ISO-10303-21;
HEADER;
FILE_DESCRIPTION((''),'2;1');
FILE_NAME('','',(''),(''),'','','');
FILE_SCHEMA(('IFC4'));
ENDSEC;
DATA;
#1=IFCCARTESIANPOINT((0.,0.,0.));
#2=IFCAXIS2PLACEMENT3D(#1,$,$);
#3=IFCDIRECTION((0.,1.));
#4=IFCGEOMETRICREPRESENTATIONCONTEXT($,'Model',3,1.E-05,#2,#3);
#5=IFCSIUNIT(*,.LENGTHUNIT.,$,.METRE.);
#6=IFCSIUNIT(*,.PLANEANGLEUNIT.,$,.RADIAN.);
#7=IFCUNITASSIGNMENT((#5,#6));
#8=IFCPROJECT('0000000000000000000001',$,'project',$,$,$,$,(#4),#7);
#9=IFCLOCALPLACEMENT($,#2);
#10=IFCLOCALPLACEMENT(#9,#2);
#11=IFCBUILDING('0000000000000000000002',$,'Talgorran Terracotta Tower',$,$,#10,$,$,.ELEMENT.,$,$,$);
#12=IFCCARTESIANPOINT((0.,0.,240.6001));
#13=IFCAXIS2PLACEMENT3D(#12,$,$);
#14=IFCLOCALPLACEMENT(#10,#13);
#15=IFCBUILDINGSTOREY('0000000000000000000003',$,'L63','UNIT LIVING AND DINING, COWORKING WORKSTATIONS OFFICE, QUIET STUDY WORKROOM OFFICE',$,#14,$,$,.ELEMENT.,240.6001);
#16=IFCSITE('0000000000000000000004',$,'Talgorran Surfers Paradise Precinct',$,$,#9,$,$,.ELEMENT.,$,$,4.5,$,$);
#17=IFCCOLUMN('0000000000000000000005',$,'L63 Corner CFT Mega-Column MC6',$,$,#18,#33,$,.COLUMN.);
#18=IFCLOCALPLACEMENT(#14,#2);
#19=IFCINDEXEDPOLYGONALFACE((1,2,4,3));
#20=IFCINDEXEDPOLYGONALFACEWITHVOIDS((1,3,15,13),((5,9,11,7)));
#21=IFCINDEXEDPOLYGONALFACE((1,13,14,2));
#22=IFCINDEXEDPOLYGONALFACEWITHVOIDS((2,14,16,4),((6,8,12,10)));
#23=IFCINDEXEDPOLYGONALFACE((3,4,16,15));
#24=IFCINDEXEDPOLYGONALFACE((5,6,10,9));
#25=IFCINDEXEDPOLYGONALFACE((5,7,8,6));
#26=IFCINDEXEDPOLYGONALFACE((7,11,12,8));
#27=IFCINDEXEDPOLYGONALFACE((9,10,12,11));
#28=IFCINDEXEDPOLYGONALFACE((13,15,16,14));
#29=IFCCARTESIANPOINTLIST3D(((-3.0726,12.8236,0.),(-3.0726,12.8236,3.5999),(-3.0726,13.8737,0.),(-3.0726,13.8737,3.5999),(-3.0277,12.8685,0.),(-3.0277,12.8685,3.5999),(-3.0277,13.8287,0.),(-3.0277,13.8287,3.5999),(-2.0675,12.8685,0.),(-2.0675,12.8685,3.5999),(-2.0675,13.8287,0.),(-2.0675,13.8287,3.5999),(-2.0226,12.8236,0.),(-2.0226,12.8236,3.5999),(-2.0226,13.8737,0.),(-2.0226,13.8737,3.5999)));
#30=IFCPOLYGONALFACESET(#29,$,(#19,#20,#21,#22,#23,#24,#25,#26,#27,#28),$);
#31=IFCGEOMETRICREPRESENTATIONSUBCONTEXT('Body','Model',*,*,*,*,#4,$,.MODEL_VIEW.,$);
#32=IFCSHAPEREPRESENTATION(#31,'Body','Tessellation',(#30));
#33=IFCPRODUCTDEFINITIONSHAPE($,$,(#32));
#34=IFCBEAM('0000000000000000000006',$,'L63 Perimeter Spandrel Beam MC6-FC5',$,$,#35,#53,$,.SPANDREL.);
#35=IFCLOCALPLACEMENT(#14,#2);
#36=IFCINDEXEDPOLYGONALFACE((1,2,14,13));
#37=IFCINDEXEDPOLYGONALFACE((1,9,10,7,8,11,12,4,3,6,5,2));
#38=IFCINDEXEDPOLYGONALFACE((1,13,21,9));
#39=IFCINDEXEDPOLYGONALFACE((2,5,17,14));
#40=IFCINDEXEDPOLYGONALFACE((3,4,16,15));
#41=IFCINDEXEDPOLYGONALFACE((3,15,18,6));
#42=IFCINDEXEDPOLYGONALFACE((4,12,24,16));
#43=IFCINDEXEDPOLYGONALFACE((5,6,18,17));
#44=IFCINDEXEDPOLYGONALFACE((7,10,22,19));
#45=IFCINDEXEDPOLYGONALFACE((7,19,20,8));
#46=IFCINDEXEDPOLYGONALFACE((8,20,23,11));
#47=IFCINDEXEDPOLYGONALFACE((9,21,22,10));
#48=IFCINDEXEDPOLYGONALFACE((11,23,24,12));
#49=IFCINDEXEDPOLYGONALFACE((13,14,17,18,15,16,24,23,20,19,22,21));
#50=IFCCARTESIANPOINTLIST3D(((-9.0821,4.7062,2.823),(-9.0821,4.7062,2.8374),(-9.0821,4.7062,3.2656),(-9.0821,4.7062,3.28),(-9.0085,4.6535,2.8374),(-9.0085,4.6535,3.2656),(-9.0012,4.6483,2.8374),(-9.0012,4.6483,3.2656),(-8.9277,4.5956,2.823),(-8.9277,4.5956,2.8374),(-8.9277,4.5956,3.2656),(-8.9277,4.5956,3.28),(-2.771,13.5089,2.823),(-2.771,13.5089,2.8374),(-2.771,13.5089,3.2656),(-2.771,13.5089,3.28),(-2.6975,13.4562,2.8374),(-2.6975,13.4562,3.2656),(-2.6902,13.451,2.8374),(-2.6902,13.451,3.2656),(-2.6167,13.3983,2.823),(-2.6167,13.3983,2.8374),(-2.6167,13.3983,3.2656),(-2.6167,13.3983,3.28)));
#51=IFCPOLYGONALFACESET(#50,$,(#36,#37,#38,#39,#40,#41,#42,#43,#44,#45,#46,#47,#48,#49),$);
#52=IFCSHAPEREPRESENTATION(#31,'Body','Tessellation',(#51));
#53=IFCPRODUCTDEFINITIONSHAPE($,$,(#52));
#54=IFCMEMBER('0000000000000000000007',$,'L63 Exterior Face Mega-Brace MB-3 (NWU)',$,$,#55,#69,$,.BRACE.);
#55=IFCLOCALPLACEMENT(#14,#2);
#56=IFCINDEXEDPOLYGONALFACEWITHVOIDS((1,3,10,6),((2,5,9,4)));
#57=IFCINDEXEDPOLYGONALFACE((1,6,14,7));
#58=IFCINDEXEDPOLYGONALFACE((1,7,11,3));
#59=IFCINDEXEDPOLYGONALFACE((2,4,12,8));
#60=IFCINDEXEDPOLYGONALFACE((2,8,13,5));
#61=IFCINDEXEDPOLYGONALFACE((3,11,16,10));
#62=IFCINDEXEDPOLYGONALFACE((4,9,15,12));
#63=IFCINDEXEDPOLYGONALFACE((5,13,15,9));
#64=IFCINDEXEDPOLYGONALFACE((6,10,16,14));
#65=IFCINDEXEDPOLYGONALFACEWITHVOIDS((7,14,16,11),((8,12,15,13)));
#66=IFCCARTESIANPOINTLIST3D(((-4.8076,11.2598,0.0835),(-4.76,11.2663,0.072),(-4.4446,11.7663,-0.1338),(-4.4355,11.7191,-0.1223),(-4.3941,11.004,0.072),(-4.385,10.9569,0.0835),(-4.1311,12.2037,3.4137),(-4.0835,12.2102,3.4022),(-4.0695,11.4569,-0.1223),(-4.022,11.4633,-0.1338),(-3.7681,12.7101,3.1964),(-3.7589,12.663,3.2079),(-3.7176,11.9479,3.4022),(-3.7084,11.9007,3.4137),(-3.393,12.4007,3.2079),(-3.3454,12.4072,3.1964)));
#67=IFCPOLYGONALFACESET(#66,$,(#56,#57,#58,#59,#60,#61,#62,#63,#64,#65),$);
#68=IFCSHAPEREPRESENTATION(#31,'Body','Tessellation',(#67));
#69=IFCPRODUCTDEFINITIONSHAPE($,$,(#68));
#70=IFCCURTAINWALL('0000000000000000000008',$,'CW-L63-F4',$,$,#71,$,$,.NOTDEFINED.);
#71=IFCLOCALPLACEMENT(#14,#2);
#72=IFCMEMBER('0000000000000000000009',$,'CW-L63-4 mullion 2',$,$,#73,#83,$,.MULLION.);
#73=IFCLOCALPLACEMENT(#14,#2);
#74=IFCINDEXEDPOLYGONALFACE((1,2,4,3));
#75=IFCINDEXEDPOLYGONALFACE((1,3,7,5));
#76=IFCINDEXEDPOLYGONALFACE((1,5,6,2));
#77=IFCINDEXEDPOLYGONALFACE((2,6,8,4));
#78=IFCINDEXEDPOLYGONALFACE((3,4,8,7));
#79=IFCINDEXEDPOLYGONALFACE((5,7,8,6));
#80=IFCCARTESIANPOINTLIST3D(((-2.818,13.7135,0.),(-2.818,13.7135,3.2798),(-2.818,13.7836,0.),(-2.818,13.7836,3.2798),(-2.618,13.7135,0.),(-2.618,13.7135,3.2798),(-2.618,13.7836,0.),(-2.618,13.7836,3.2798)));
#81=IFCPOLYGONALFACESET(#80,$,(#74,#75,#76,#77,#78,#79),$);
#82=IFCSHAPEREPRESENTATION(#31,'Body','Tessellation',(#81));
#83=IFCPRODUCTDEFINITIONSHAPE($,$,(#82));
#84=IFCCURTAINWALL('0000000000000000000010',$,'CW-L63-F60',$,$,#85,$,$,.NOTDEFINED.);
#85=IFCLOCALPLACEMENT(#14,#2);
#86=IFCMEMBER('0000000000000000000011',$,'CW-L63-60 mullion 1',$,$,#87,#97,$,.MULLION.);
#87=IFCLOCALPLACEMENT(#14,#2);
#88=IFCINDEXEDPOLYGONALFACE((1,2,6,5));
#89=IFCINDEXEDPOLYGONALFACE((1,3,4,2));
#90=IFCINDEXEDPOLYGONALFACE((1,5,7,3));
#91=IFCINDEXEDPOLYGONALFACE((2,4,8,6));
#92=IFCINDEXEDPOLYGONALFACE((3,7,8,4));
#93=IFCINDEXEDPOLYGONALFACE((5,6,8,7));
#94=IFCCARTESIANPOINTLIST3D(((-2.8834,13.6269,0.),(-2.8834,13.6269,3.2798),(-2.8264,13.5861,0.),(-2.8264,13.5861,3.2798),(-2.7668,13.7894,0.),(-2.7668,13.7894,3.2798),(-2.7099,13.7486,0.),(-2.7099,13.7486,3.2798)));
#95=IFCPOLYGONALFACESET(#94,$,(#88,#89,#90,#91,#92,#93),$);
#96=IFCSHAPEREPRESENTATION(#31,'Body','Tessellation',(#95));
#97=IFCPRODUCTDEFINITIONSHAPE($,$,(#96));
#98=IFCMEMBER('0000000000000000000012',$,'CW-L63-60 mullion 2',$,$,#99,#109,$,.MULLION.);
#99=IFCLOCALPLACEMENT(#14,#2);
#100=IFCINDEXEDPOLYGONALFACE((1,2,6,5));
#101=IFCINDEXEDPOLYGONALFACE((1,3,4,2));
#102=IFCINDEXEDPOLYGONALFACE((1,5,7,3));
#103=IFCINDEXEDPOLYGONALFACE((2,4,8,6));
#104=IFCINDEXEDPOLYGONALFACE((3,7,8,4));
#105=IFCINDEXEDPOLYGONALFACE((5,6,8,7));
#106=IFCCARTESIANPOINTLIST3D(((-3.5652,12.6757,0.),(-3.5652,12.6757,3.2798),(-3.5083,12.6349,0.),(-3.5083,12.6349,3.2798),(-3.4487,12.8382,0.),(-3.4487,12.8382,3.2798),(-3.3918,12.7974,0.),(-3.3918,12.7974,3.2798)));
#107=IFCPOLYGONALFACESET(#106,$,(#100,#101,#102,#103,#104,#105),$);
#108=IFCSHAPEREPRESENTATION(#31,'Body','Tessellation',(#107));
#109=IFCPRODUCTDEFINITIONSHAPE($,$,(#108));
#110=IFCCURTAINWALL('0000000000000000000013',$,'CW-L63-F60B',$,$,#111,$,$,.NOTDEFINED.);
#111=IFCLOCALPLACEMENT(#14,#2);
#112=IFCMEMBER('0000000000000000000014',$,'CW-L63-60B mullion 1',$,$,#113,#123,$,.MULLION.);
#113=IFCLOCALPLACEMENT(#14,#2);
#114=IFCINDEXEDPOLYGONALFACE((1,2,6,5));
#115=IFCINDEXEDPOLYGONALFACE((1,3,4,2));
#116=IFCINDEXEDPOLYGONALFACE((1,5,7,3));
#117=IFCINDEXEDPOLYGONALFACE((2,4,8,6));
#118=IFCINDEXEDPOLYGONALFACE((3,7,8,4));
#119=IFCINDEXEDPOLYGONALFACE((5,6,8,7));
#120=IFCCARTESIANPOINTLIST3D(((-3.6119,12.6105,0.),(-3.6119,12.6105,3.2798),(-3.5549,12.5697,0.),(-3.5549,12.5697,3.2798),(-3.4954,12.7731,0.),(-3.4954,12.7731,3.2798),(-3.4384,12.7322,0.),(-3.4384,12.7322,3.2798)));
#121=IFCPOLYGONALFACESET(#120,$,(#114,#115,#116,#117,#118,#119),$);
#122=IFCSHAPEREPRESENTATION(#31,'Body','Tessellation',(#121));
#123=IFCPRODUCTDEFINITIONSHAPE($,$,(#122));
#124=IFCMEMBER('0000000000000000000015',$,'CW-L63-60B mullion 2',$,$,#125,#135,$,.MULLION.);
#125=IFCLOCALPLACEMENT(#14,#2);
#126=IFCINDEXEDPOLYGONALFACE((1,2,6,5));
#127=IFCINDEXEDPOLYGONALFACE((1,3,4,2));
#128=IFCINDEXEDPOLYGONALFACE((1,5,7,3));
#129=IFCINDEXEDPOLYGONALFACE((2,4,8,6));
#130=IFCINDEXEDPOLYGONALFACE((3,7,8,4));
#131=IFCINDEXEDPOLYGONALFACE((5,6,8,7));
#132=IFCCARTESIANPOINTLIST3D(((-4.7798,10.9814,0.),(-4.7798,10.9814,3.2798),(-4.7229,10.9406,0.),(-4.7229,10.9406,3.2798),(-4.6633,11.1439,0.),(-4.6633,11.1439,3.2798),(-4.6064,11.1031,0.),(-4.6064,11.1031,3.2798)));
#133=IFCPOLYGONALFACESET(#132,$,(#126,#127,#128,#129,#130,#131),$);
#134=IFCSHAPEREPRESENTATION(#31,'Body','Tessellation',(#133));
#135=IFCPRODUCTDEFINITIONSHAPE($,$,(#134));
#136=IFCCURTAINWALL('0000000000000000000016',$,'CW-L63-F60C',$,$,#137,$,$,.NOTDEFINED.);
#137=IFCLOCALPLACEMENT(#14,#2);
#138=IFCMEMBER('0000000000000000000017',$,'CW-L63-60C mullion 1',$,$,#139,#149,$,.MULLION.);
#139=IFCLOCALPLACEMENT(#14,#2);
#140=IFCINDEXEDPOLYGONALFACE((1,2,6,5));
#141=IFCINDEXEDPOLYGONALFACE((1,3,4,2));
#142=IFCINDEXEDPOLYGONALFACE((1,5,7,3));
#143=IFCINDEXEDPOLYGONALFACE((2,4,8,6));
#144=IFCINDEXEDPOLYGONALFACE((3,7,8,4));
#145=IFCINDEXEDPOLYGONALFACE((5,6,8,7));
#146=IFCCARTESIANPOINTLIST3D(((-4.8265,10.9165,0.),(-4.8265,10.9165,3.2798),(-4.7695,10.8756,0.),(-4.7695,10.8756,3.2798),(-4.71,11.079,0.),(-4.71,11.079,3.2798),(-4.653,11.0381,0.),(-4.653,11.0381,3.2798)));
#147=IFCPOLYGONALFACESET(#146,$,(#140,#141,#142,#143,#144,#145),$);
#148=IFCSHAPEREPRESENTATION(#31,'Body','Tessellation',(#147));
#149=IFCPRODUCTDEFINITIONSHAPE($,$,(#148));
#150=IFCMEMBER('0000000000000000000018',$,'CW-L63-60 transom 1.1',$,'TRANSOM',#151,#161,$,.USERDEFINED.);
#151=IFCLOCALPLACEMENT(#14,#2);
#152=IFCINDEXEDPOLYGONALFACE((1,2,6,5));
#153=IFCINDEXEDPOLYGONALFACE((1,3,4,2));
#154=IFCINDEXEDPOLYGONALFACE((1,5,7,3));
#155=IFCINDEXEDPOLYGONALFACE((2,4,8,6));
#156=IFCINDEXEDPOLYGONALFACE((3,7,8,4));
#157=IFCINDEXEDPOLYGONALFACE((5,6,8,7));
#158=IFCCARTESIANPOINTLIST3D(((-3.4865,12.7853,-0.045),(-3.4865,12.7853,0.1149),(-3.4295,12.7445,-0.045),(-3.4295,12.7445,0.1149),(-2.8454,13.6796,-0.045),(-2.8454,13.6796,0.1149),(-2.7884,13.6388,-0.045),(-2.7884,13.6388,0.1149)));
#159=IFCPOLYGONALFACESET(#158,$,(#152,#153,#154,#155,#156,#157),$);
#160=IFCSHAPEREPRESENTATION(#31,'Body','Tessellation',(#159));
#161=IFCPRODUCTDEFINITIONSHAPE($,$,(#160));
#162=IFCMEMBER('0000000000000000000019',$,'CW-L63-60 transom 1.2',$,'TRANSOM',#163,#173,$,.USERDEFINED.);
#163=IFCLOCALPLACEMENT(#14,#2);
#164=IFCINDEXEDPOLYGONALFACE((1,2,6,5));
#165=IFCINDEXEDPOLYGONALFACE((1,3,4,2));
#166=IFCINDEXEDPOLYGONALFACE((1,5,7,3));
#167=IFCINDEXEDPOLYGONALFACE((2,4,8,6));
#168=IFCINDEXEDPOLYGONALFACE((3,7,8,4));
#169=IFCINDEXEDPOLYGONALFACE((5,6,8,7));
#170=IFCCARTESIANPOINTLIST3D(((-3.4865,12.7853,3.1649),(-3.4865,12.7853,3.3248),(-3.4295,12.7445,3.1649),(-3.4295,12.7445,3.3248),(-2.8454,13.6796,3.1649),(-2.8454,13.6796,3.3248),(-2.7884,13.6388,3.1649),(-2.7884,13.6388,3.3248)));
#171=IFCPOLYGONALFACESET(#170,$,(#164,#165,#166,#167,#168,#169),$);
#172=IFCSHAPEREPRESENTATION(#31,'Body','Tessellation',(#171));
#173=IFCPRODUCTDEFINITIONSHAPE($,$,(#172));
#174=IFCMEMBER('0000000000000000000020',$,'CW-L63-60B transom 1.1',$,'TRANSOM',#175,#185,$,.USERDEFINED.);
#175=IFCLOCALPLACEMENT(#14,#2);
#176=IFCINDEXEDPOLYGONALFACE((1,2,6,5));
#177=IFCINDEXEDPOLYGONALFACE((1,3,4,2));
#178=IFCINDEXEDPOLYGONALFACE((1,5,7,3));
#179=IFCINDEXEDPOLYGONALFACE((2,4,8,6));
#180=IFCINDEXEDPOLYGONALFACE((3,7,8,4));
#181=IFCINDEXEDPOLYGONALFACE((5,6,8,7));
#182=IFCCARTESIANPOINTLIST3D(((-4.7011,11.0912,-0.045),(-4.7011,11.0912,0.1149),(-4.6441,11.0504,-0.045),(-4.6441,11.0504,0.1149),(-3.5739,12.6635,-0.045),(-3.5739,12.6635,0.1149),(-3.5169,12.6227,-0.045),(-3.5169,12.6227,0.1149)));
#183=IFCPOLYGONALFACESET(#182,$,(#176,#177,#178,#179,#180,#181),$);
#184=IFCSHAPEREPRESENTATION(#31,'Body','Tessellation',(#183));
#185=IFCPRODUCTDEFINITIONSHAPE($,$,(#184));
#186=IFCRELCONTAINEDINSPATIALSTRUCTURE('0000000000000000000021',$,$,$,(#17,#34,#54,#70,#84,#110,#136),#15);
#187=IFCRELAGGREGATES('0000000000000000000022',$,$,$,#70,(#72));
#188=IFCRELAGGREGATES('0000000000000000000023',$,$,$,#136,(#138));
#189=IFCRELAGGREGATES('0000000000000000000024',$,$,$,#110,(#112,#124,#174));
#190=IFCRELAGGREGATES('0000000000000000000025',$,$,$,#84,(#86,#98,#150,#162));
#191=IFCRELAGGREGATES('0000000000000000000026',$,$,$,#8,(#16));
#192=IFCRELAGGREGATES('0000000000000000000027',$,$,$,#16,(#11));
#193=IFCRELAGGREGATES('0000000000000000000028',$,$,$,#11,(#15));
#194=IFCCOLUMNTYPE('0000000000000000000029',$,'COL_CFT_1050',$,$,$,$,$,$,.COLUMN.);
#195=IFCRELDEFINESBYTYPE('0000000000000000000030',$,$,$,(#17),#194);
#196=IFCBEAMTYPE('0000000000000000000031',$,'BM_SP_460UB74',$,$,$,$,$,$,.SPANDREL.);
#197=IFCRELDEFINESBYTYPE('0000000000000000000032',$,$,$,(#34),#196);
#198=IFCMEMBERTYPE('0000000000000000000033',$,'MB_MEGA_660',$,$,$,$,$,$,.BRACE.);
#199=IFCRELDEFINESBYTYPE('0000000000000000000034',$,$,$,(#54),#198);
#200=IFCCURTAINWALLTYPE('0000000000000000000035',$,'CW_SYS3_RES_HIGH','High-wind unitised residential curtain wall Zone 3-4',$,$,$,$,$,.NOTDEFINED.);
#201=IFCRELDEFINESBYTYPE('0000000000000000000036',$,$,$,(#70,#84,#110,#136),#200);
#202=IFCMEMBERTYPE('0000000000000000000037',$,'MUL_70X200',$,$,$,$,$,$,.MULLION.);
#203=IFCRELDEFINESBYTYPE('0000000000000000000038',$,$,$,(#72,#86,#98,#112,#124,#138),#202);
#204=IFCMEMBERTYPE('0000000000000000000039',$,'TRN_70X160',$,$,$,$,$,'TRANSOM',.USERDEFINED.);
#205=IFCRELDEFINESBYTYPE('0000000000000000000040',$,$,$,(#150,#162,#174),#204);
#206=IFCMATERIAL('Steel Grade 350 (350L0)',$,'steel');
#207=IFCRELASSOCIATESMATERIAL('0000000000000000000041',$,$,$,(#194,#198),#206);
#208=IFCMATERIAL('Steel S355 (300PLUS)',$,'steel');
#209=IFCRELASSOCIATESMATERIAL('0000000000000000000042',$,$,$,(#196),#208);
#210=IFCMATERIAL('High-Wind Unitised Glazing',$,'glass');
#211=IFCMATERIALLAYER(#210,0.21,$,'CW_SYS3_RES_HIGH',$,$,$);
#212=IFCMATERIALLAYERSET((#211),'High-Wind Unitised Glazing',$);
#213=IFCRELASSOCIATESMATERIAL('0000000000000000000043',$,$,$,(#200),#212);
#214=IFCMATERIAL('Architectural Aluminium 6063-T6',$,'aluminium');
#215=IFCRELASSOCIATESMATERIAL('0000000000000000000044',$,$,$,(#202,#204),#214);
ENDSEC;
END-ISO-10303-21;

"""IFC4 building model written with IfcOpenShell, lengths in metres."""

from ifc_helpers import new_model, si_unit, direction, frame, origin, origin_2d, place, context, subcontext, project, spatial, rectangle, hollow_rectangle, i_section, extrude, material, layer, layer_set, material_profile, profile_set, type_object, element, aggregate, save


model = new_model("IFC4")

# Units and contexts
model_context = context("Model", 3, precision=1e-05, world=origin(), true_north=direction((0.0, 1.0)))
body_context = subcontext(model_context, "Body", "Model", "MODEL_VIEW")
ifc_project = project(units=[si_unit("LENGTHUNIT", "METRE"), si_unit("PLANEANGLEUNIT", "RADIAN")], contexts=[model_context])

# Site, building, storey
site_placement = place(None, origin())
site = spatial("IfcSite", under=ifc_project, at=site_placement, Name="Talgorran Surfers Paradise Precinct", CompositionType="ELEMENT", RefElevation=4.5)
building_placement = place(site_placement, origin())
building = spatial("IfcBuilding", under=site, at=building_placement, Name="Talgorran Terracotta Tower", CompositionType="ELEMENT")
storey_placement = place(building_placement, frame((0.0, 0.0, 240.6001)))
storey = spatial("IfcBuildingStorey", under=building, at=storey_placement, Name="L63", Description="UNIT LIVING AND DINING, COWORKING WORKSTATIONS OFFICE, QUIET STUDY WORKROOM OFFICE", CompositionType="ELEMENT", Elevation=240.6001)

# Column
ifc_material_1 = material(Name="Steel Grade 350 (350L0)", Category="steel")
ifc_material_profile_1 = material_profile(ifc_material_1, hollow_rectangle(XDim=1.05, YDim=1.05, WallThickness=0.0449, at=origin_2d()), Name="CFT1050X1050X45")
ifc_profile_set_1 = profile_set([ifc_material_profile_1], Name="Steel Grade 350 (350L0)")
column_type = type_object("IfcColumnType", Name="COL_CFT_1050", PredefinedType="COLUMN", material=ifc_profile_set_1)
column_placement = place(storey_placement, frame((-2.5476, 13.3486, 0.0), z_axis=(0.0, 0.0, 1.0), x_axis=(1.0, 0.0, 0.0)))
element("IfcColumn", 1, at=column_placement, inside=storey, type_object=column_type, Name="L63 Corner CFT Mega-Column MC6", PredefinedType="COLUMN", context=body_context, shape_type="SweptSolid", body=[
    extrude(hollow_rectangle(XDim=1.05, YDim=1.05, WallThickness=0.0449, at=origin_2d()), origin(), (0.0, 0.0, 1.0), 3.5999),
])

# Beam
ifc_material_2 = material(Name="Steel S355 (300PLUS)", Category="steel")
ifc_material_profile_2 = material_profile(ifc_material_2, i_section(OverallWidth=0.1899, OverallDepth=0.457, WebThickness=0.009, FlangeThickness=0.0144, at=origin_2d()), Name="460UB74.6")
ifc_profile_set_2 = profile_set([ifc_material_profile_2], Name="Steel S355 (300PLUS)")
beam_type = type_object("IfcBeamType", Name="BM_SP_460UB74", PredefinedType="SPANDREL", material=ifc_profile_set_2)
beam_placement = place(storey_placement, frame((-2.6938, 13.4536, 3.0515), z_axis=(-0.582666, -0.812712, 0.0), x_axis=(0.812712, -0.582666, 0.0)))
element("IfcBeam", 2, at=beam_placement, inside=storey, type_object=beam_type, Name="L63 Perimeter Spandrel Beam MC6-FC5", PredefinedType="SPANDREL", context=body_context, shape_type="SweptSolid", body=[
    extrude(i_section(OverallWidth=0.1899, OverallDepth=0.457, WebThickness=0.009, FlangeThickness=0.0144, at=origin_2d()), origin(), (0.0, 0.0, 1.0), 10.8313),
])

# Member
ifc_material_profile_3 = material_profile(ifc_material_1, hollow_rectangle(XDim=0.52, YDim=0.6599, WallThickness=0.0349, at=origin_2d()), Name="WBOX660X520X35")
ifc_profile_set_3 = profile_set([ifc_material_profile_3], Name="Steel Grade 350 (350L0)")
member_type_1 = type_object("IfcMemberType", Name="MB_MEGA_660", PredefinedType="BRACE", material=ifc_profile_set_3)
member_1_placement = place(storey_placement, frame((-4.4148, 11.3616, -0.0251), z_axis=(0.191824, 0.267626, 0.944235), x_axis=(-0.812781, 0.58257, 0.0)))
element("IfcMember", 3, at=member_1_placement, inside=storey, type_object=member_type_1, Name="L63 Exterior Face Mega-Brace MB-3 (NWU)", PredefinedType="BRACE", context=body_context, shape_type="SweptSolid", body=[
    extrude(hollow_rectangle(XDim=0.52, YDim=0.6599, WallThickness=0.0349, at=origin_2d()), origin(), (0.0, 0.0, 1.0), 3.5269),
])

# Curtain wall, member
ifc_material_3 = material(Name="High-Wind Unitised Glazing", Category="glass")
ifc_layer_1 = layer(ifc_material_3, 0.21, Name="CW_SYS3_RES_HIGH")
ifc_layer_set_1 = layer_set([ifc_layer_1], Name="High-Wind Unitised Glazing")
curtain_wall_type = type_object("IfcCurtainWallType", Name="CW_SYS3_RES_HIGH", Description="High-wind unitised residential curtain wall Zone 3-4", PredefinedType="NOTDEFINED", material=ifc_layer_set_1)
curtain_wall_1_placement = place(storey_placement, origin())
curtain_wall_1 = element("IfcCurtainWall", 4, at=curtain_wall_1_placement, inside=storey, type_object=curtain_wall_type, Name="CW-L63-F4", PredefinedType="NOTDEFINED")
ifc_material_4 = material(Name="Architectural Aluminium 6063-T6", Category="aluminium")
ifc_material_profile_4 = material_profile(ifc_material_4, rectangle(XDim=0.0701, YDim=0.2, at=origin_2d()), Name="CWM70X200")
ifc_profile_set_4 = profile_set([ifc_material_profile_4], Name="Architectural Aluminium 6063-T6")
member_type_2 = type_object("IfcMemberType", Name="MUL_70X200", PredefinedType="MULLION", material=ifc_profile_set_4)
member_2_placement = place(storey_placement, frame((-2.718, 13.7485, 0.0), z_axis=(0.0, 0.0, 1.0), x_axis=(0.0, -1.0, 0.0)))
member_2 = element("IfcMember", 5, at=member_2_placement, type_object=member_type_2, Name="CW-L63-4 mullion 2", PredefinedType="MULLION", context=body_context, shape_type="SweptSolid", body=[
    extrude(rectangle(XDim=0.0701, YDim=0.2, at=origin_2d()), origin(), (0.0, 0.0, 1.0), 3.2798),
])
aggregate(curtain_wall_1, [member_2])

# Curtain walls, members
curtain_wall_2_placement = place(storey_placement, origin())
curtain_wall_2 = element("IfcCurtainWall", 6, at=curtain_wall_2_placement, inside=storey, type_object=curtain_wall_type, Name="CW-L63-F60", PredefinedType="NOTDEFINED")
member_3_placement = place(storey_placement, frame((-2.7966, 13.6877, 0.0), z_axis=(0.0, 0.0, 1.0), x_axis=(0.812703, -0.582679, 0.0)))
member_3 = element("IfcMember", 7, at=member_3_placement, type_object=member_type_2, Name="CW-L63-60 mullion 1", PredefinedType="MULLION", context=body_context, shape_type="SweptSolid", body=[
    extrude(rectangle(XDim=0.0701, YDim=0.2, at=origin_2d()), origin(), (0.0, 0.0, 1.0), 3.2798),
])
member_4_placement = place(storey_placement, frame((-3.4785, 12.7366, 0.0), z_axis=(0.0, 0.0, 1.0), x_axis=(0.812703, -0.582679, 0.0)))
member_4 = element("IfcMember", 8, at=member_4_placement, type_object=member_type_2, Name="CW-L63-60 mullion 2", PredefinedType="MULLION", context=body_context, shape_type="SweptSolid", body=[
    extrude(rectangle(XDim=0.0701, YDim=0.2, at=origin_2d()), origin(), (0.0, 0.0, 1.0), 3.2798),
])
curtain_wall_3_placement = place(storey_placement, origin())
curtain_wall_3 = element("IfcCurtainWall", 9, at=curtain_wall_3_placement, inside=storey, type_object=curtain_wall_type, Name="CW-L63-F60B", PredefinedType="NOTDEFINED")
member_5_placement = place(storey_placement, frame((-3.5251, 12.6714, 0.0), z_axis=(0.0, 0.0, 1.0), x_axis=(0.812703, -0.582678, 0.0)))
member_5 = element("IfcMember", 10, at=member_5_placement, type_object=member_type_2, Name="CW-L63-60B mullion 1", PredefinedType="MULLION", context=body_context, shape_type="SweptSolid", body=[
    extrude(rectangle(XDim=0.0701, YDim=0.2, at=origin_2d()), origin(), (0.0, 0.0, 1.0), 3.2798),
])
member_6_placement = place(storey_placement, frame((-4.6931, 11.0422, 0.0), z_axis=(0.0, 0.0, 1.0), x_axis=(0.812703, -0.582678, 0.0)))
member_6 = element("IfcMember", 11, at=member_6_placement, type_object=member_type_2, Name="CW-L63-60B mullion 2", PredefinedType="MULLION", context=body_context, shape_type="SweptSolid", body=[
    extrude(rectangle(XDim=0.0701, YDim=0.2, at=origin_2d()), origin(), (0.0, 0.0, 1.0), 3.2798),
])

# Curtain wall, member
curtain_wall_4_placement = place(storey_placement, origin())
curtain_wall_4 = element("IfcCurtainWall", 12, at=curtain_wall_4_placement, inside=storey, type_object=curtain_wall_type, Name="CW-L63-F60C", PredefinedType="NOTDEFINED")
member_7_placement = place(storey_placement, frame((-4.7397, 10.9773, 0.0), z_axis=(0.0, 0.0, 1.0), x_axis=(0.812714, -0.582663, 0.0)))
member_7 = element("IfcMember", 13, at=member_7_placement, type_object=member_type_2, Name="CW-L63-60C mullion 1", PredefinedType="MULLION", context=body_context, shape_type="SweptSolid", body=[
    extrude(rectangle(XDim=0.0701, YDim=0.2, at=origin_2d()), origin(), (0.0, 0.0, 1.0), 3.2798),
])

# Members
ifc_material_profile_5 = material_profile(ifc_material_4, rectangle(XDim=0.0701, YDim=0.1599, at=origin_2d()), Name="CWT70X160")
ifc_profile_set_5 = profile_set([ifc_material_profile_5], Name="Architectural Aluminium 6063-T6")
member_type_3 = type_object("IfcMemberType", Name="TRN_70X160", ElementType="TRANSOM", PredefinedType="USERDEFINED", material=ifc_profile_set_5)
member_8_placement = place(storey_placement, frame((-2.8169, 13.6592, 0.0349), z_axis=(-0.582644, -0.812728, 0.0), x_axis=(0.812728, -0.582644, 0.0)))
member_8 = element("IfcMember", 14, at=member_8_placement, type_object=member_type_3, Name="CW-L63-60 transom 1.1", ObjectType="TRANSOM", PredefinedType="USERDEFINED", context=body_context, shape_type="SweptSolid", body=[
    extrude(rectangle(XDim=0.0701, YDim=0.1599, at=origin_2d()), origin(), (0.0, 0.0, 1.0), 1.1003),
])
member_9_placement = place(storey_placement, frame((-2.8169, 13.6592, 3.2449), z_axis=(-0.582644, -0.812728, 0.0), x_axis=(0.812728, -0.582644, 0.0)))
member_9 = element("IfcMember", 15, at=member_9_placement, type_object=member_type_3, Name="CW-L63-60 transom 1.2", ObjectType="TRANSOM", PredefinedType="USERDEFINED", context=body_context, shape_type="SweptSolid", body=[
    extrude(rectangle(XDim=0.0701, YDim=0.1599, at=origin_2d()), origin(), (0.0, 0.0, 1.0), 1.1003),
])
member_10_placement = place(storey_placement, frame((-3.5454, 12.6431, 0.0349), z_axis=(-0.582658, -0.812718, 0.0), x_axis=(0.812718, -0.582658, 0.0)))
member_10 = element("IfcMember", 16, at=member_10_placement, type_object=member_type_3, Name="CW-L63-60B transom 1.1", ObjectType="TRANSOM", PredefinedType="USERDEFINED", context=body_context, shape_type="SweptSolid", body=[
    extrude(rectangle(XDim=0.0701, YDim=0.1599, at=origin_2d()), origin(), (0.0, 0.0, 1.0), 1.9346),
])
aggregate(curtain_wall_4, [member_7])

aggregate(curtain_wall_3, [member_5, member_6, member_10])
aggregate(curtain_wall_2, [member_3, member_4, member_8, member_9])

save(model, "model.ifc")
